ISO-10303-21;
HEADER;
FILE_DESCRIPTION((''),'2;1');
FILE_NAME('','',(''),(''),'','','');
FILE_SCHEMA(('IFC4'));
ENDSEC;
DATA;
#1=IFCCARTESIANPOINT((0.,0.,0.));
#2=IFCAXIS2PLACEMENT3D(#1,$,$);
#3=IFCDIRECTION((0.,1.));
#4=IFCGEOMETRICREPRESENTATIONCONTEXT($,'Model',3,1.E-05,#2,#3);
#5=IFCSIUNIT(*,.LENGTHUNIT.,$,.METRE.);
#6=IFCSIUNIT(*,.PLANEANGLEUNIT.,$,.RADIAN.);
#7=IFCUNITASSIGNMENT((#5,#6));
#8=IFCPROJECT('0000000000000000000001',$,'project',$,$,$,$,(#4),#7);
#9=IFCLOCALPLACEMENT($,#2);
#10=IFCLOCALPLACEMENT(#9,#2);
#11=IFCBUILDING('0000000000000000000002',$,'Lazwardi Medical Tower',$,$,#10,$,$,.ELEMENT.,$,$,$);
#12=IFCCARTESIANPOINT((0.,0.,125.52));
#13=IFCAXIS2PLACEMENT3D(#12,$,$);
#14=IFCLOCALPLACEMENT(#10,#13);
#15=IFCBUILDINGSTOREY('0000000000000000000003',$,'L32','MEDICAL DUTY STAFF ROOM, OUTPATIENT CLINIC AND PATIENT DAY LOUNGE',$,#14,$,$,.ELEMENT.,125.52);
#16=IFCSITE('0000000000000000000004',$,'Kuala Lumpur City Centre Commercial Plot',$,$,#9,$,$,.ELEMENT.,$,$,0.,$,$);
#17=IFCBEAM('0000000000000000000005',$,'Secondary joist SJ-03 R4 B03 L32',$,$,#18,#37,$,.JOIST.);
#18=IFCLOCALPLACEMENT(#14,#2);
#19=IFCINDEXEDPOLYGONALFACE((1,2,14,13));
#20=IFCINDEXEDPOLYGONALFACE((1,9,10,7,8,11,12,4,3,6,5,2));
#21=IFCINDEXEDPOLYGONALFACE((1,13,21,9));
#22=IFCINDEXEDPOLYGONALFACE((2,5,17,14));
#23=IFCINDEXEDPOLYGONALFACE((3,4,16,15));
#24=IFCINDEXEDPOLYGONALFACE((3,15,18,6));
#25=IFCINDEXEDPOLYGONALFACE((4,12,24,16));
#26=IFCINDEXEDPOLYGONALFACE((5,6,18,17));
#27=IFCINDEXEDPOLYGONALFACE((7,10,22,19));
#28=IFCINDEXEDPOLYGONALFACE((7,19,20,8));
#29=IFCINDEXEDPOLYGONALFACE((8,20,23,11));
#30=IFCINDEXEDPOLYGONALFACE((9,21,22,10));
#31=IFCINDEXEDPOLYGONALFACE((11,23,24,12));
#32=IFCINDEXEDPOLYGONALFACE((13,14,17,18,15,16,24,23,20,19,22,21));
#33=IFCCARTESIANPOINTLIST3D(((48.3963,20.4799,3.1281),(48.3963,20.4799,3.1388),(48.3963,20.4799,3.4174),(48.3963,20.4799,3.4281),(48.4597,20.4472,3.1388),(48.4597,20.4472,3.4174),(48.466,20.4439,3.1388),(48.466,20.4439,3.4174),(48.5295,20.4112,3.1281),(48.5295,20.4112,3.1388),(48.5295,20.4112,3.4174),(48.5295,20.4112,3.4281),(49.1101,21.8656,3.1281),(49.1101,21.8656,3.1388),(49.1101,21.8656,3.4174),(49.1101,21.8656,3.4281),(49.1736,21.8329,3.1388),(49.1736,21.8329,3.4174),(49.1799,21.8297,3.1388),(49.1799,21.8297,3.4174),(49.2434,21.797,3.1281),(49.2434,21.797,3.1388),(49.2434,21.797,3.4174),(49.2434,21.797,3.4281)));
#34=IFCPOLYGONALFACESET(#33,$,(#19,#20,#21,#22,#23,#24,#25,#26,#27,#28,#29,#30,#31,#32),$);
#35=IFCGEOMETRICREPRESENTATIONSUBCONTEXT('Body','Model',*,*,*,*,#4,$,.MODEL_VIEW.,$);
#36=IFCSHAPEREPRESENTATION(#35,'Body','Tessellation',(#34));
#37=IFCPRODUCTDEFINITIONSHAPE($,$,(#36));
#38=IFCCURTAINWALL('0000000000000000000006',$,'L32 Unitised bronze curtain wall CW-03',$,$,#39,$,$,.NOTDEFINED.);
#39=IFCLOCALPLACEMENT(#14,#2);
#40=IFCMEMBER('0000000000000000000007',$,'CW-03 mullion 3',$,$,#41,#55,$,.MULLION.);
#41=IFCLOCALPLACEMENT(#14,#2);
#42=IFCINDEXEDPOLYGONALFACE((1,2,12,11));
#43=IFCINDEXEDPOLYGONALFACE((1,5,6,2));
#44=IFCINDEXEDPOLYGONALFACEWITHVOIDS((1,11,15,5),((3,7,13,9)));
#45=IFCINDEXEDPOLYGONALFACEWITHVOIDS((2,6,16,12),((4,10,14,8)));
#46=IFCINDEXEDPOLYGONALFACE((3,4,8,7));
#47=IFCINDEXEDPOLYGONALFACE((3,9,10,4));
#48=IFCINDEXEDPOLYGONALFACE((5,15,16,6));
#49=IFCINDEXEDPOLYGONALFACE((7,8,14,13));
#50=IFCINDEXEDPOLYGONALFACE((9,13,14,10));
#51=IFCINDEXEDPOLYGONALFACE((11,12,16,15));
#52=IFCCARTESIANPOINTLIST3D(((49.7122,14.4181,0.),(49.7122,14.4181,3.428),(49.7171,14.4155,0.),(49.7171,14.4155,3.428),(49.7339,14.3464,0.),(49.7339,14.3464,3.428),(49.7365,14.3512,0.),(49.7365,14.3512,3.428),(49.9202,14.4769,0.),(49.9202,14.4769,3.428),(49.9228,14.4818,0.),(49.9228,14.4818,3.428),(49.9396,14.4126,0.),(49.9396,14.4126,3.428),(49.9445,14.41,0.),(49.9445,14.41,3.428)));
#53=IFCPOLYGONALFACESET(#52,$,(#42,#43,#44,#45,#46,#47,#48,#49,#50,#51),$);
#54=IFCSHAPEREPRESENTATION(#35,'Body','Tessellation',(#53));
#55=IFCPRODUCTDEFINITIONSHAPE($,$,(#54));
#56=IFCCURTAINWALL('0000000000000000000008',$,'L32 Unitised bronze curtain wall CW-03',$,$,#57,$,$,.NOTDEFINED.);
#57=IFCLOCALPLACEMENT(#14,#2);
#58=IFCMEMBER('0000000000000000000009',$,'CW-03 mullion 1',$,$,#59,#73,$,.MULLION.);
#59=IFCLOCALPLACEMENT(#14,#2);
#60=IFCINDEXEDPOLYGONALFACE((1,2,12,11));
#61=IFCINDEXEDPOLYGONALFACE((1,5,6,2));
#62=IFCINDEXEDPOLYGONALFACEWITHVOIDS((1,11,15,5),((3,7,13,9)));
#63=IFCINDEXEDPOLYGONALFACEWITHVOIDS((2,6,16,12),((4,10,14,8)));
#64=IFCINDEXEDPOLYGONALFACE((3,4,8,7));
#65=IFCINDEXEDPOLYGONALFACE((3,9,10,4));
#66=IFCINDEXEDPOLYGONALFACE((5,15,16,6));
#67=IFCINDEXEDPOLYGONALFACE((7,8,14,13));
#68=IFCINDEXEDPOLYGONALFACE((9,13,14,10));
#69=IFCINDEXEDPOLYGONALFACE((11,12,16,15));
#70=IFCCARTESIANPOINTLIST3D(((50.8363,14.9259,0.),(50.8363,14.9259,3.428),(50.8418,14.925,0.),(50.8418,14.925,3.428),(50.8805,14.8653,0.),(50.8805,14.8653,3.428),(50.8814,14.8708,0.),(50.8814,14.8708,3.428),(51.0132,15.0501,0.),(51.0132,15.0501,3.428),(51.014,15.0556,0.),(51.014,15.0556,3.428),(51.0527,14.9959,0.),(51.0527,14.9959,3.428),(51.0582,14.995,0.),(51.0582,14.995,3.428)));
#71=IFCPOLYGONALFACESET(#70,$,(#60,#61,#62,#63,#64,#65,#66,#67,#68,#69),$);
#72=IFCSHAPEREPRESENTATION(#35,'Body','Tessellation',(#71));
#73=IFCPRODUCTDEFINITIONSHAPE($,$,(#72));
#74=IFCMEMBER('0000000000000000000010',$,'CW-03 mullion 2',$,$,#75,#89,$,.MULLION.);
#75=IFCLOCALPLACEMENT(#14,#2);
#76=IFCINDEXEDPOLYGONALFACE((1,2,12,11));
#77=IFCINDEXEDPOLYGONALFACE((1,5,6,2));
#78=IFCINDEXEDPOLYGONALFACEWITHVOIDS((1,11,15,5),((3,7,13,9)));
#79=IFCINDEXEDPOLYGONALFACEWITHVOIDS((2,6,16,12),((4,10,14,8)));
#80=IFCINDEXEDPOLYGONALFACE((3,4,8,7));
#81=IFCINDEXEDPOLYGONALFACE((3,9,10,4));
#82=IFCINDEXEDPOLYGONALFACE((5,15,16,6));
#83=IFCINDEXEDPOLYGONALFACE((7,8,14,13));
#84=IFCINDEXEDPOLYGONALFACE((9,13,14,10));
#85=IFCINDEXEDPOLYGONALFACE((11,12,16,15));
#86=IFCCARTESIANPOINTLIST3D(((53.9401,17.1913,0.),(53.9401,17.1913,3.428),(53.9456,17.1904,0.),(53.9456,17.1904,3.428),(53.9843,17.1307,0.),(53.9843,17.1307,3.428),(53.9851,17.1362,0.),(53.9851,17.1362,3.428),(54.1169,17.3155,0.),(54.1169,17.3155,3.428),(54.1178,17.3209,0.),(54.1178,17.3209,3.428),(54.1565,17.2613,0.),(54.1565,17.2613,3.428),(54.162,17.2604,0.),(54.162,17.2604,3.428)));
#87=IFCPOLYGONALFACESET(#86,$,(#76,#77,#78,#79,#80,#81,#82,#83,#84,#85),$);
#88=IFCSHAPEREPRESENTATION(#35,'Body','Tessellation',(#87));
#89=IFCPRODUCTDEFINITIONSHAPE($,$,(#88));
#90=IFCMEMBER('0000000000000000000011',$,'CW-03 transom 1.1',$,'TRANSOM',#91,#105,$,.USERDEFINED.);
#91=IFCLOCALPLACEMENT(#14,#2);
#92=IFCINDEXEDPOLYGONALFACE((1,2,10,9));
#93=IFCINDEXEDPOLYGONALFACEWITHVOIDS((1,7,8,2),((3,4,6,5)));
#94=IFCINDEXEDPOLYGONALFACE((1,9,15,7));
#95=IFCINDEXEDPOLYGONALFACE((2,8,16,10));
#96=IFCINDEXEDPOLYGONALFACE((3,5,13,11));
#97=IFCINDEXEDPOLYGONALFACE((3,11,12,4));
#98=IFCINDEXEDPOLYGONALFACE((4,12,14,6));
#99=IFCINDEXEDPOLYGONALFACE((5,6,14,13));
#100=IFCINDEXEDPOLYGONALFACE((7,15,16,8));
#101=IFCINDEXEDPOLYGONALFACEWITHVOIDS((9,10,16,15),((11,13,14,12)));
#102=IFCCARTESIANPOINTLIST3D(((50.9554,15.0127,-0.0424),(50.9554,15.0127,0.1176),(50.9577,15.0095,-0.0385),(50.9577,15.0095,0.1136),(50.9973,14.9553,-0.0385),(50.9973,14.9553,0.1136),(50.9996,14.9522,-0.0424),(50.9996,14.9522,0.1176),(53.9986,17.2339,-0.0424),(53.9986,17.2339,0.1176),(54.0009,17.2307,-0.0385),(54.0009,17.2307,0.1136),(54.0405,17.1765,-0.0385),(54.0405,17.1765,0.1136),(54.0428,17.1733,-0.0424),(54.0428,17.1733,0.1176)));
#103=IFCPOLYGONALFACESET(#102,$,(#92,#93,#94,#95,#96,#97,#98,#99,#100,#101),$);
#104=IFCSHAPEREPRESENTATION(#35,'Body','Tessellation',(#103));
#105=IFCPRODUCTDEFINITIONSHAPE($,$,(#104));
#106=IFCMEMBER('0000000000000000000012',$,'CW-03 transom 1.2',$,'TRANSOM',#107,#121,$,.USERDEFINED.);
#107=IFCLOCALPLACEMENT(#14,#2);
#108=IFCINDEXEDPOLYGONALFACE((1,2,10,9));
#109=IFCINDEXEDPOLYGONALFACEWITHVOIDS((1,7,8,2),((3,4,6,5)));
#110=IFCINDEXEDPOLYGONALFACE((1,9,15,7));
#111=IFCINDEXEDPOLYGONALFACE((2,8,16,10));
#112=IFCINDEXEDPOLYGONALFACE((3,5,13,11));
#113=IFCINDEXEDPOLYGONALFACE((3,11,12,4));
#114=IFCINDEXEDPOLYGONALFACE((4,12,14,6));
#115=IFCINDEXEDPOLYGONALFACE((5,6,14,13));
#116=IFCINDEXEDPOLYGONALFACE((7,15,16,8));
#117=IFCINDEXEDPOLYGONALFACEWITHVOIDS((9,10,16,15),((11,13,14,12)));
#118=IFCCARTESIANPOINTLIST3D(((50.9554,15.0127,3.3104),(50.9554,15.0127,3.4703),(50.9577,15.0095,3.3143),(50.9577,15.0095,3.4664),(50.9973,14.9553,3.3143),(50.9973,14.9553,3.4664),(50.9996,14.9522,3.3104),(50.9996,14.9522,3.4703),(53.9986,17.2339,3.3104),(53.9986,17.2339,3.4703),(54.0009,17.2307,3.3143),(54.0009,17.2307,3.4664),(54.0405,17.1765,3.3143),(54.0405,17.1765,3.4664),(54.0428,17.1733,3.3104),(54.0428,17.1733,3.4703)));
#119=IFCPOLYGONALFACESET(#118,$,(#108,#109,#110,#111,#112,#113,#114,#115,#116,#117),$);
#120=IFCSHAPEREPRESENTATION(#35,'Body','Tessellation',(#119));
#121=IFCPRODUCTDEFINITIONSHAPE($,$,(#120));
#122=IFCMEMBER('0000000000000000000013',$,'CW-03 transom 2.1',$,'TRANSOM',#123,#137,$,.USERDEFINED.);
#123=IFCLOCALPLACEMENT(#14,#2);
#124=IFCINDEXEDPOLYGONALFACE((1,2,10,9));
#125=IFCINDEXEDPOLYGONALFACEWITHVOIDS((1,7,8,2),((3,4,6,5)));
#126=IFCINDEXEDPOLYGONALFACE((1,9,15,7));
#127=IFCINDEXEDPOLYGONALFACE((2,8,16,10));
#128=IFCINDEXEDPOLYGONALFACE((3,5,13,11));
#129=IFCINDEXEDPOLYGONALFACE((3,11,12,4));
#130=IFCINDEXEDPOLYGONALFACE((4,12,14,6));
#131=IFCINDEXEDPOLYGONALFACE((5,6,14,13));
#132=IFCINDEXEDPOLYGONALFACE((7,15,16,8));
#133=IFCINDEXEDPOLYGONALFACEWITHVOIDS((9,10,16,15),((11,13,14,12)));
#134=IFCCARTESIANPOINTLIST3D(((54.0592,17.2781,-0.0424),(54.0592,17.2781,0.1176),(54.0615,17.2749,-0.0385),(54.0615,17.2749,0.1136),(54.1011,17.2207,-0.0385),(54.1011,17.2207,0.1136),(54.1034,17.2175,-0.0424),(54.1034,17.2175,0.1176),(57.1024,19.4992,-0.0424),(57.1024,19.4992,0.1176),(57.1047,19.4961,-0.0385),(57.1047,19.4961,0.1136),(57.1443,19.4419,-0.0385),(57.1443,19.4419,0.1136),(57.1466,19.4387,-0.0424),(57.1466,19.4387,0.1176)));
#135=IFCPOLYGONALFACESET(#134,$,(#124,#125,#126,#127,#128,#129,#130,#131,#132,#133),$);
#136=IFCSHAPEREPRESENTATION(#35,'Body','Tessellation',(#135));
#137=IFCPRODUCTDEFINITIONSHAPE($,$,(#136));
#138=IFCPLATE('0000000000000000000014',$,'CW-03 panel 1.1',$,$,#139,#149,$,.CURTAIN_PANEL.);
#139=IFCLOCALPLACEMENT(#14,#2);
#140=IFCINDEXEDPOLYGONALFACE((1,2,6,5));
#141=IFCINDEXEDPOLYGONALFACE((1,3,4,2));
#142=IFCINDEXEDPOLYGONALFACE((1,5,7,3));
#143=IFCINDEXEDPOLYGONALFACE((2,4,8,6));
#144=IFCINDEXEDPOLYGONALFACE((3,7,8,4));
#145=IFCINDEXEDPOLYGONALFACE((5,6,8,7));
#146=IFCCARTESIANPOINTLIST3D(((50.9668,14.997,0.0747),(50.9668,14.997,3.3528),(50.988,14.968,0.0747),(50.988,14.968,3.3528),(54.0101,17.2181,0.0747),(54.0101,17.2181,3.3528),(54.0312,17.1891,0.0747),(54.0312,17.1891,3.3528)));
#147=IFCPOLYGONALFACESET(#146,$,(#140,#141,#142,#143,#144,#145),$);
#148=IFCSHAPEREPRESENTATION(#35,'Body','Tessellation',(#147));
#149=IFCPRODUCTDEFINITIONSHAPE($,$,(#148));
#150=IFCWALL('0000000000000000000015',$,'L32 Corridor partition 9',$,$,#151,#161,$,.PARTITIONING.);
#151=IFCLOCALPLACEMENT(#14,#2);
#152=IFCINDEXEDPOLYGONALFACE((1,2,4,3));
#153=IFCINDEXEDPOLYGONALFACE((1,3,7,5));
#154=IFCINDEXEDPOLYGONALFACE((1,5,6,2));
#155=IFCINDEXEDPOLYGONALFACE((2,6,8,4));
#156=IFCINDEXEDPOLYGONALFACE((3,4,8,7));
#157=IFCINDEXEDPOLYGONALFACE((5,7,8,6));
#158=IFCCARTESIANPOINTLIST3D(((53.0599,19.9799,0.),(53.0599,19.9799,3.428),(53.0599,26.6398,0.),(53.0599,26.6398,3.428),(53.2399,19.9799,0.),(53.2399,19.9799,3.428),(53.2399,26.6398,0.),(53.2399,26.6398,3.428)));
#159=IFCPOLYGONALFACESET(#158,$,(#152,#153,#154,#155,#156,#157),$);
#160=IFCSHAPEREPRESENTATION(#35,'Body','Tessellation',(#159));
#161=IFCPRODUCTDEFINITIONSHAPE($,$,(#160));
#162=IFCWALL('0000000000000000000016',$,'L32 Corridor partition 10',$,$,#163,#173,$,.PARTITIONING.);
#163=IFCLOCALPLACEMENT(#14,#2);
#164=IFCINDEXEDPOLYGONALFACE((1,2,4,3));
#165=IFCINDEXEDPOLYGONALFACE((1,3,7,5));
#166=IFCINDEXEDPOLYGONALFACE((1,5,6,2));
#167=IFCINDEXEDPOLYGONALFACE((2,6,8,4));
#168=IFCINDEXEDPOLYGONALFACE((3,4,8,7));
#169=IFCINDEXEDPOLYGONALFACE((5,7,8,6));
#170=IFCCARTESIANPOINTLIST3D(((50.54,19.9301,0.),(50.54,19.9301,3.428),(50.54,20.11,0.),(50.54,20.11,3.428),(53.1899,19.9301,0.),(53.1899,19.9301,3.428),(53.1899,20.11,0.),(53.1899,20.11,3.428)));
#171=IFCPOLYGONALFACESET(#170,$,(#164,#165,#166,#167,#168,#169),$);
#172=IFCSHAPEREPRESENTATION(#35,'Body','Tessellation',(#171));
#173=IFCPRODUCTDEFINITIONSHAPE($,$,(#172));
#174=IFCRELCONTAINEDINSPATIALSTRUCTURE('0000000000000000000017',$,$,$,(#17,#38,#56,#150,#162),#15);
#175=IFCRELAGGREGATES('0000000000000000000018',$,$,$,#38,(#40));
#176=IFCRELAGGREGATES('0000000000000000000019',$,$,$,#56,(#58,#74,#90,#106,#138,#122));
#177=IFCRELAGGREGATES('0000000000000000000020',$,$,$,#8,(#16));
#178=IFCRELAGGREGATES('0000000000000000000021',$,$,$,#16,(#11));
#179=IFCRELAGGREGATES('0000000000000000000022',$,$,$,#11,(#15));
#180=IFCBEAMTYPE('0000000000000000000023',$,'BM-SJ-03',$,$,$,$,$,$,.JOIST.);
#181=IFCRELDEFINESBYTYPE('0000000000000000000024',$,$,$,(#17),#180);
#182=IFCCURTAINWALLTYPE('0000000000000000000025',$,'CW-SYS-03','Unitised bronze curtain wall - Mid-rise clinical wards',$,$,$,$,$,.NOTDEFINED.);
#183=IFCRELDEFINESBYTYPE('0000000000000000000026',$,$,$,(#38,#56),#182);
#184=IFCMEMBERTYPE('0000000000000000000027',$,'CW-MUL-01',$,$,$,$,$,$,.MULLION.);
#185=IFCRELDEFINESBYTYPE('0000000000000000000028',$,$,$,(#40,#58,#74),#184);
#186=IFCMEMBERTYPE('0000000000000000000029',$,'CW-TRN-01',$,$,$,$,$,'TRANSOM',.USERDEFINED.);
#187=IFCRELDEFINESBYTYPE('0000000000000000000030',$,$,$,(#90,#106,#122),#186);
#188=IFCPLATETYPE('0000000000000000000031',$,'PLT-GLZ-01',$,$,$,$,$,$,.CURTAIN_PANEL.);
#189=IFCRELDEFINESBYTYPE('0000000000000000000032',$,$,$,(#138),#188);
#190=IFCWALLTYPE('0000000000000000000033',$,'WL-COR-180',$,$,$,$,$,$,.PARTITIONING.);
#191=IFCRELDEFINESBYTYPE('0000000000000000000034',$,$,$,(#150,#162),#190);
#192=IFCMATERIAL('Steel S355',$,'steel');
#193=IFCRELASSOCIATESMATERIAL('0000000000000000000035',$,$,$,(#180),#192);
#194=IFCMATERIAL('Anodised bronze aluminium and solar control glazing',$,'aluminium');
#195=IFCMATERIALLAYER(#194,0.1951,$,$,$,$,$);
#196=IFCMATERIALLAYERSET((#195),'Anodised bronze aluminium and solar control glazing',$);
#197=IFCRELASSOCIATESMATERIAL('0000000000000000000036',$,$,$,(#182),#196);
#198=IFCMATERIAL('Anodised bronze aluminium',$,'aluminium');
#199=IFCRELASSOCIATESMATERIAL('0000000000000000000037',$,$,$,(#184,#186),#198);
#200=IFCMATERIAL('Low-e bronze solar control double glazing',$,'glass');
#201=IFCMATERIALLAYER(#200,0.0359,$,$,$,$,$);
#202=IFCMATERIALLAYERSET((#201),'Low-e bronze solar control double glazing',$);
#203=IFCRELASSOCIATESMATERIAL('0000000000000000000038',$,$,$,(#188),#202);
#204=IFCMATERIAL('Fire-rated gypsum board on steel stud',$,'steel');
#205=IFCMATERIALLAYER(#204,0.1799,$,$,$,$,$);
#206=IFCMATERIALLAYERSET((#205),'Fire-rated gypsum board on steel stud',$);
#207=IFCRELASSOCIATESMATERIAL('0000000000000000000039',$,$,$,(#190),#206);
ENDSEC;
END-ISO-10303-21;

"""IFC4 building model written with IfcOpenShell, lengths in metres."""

from ifc_helpers import new_model, si_unit, direction, frame, frame_2d, origin, origin_2d, place, context, subcontext, project, spatial, rectangle, hollow_rectangle, i_section, extrude, material, layer, layer_set, material_profile, profile_set, type_object, element, aggregate, save


model = new_model("IFC4")

# Units and contexts
model_context = context("Model", 3, precision=1e-05, world=origin(), true_north=direction((0.0, 1.0)))
body_context = subcontext(model_context, "Body", "Model", "MODEL_VIEW")
ifc_project = project(units=[si_unit("LENGTHUNIT", "METRE"), si_unit("PLANEANGLEUNIT", "RADIAN")], contexts=[model_context])

# Site, building, storey
site_placement = place(None, origin())
site = spatial("IfcSite", under=ifc_project, at=site_placement, Name="Kuala Lumpur City Centre Commercial Plot", CompositionType="ELEMENT", RefElevation=0.0)
building_placement = place(site_placement, origin())
building = spatial("IfcBuilding", under=site, at=building_placement, Name="Lazwardi Medical Tower", CompositionType="ELEMENT")
storey_placement = place(building_placement, frame((0.0, 0.0, 125.52)))
storey = spatial("IfcBuildingStorey", under=building, at=storey_placement, Name="L32", Description="MEDICAL DUTY STAFF ROOM, OUTPATIENT CLINIC AND PATIENT DAY LOUNGE", CompositionType="ELEMENT", Elevation=125.52)

# Beam
ifc_material_1 = material(Name="Steel S355", Category="steel")
ifc_material_profile_1 = material_profile(ifc_material_1, i_section(OverallWidth=0.1499, OverallDepth=0.3, WebThickness=0.0071, FlangeThickness=0.0107, at=origin_2d()), Name="IPE 300")
ifc_profile_set_1 = profile_set([ifc_material_profile_1], Name="Steel S355")
beam_type_1 = type_object("IfcBeamType", Name="BM-SJ-03", PredefinedType="JOIST", material=ifc_profile_set_1)
beam_1_placement = place(storey_placement, frame((48.4629, 20.4456, 3.2781), z_axis=(0.457957, 0.888975, 0.0), x_axis=(-0.888975, 0.457957, 0.0)))
element("IfcBeam", 1, at=beam_1_placement, inside=storey, type_object=beam_type_1, Name="Secondary joist SJ-03 R4 B03 L32", PredefinedType="JOIST", context=body_context, shape_type="SweptSolid", body=[
    extrude(i_section(OverallWidth=0.1499, OverallDepth=0.3, WebThickness=0.0071, FlangeThickness=0.0107, at=origin_2d()), origin(), (0.0, 0.0, 1.0), 1.5588),
])

# Curtain wall, member
ifc_material_2 = material(Name="Anodised bronze aluminium and solar control glazing", Category="aluminium")
ifc_layer_1 = layer(ifc_material_2, 0.1951)
ifc_layer_set_1 = layer_set([ifc_layer_1], Name="Anodised bronze aluminium and solar control glazing")
curtain_wall_type = type_object("IfcCurtainWallType", Name="CW-SYS-03", Description="Unitised bronze curtain wall - Mid-rise clinical wards", PredefinedType="NOTDEFINED", material=ifc_layer_set_1)
curtain_wall_1_placement = place(storey_placement, origin())
curtain_wall_1 = element("IfcCurtainWall", 2, at=curtain_wall_1_placement, inside=storey, type_object=curtain_wall_type, Name="L32 Unitised bronze curtain wall CW-03", PredefinedType="NOTDEFINED")
ifc_material_3 = material(Name="Anodised bronze aluminium", Category="aluminium")
ifc_material_profile_2 = material_profile(ifc_material_3, hollow_rectangle(XDim=0.075, YDim=0.22, WallThickness=0.0039, at=origin_2d()), Name="ALU-MULLION 220x75x4")
ifc_profile_set_2 = profile_set([ifc_material_profile_2], Name="Anodised bronze aluminium")
member_type_1 = type_object("IfcMemberType", Name="CW-MUL-01", PredefinedType="MULLION", material=ifc_profile_set_2)
member_1_placement = place(storey_placement, frame((49.8284, 14.4141, 0.0), z_axis=(0.0, 0.0, 1.0), x_axis=(-0.289374, 0.957216, 0.0)))
member_1 = element("IfcMember", 3, at=member_1_placement, type_object=member_type_1, Name="CW-03 mullion 3", PredefinedType="MULLION", context=body_context, shape_type="SweptSolid", body=[
    extrude(hollow_rectangle(XDim=0.075, YDim=0.22, WallThickness=0.0039, at=origin_2d()), origin(), (0.0, 0.0, 1.0), 3.428),
])
aggregate(curtain_wall_1, [member_1])

# Curtain wall, members, plate
curtain_wall_2_placement = place(storey_placement, origin())
curtain_wall_2 = element("IfcCurtainWall", 4, at=curtain_wall_2_placement, inside=storey, type_object=curtain_wall_type, Name="L32 Unitised bronze curtain wall CW-03", PredefinedType="NOTDEFINED")
member_2_placement = place(storey_placement, frame((50.9473, 14.9604, 0.0), z_axis=(0.0, 0.0, 1.0), x_axis=(-0.589531, 0.807746, 0.0)))
member_2 = element("IfcMember", 5, at=member_2_placement, type_object=member_type_1, Name="CW-03 mullion 1", PredefinedType="MULLION", context=body_context, shape_type="SweptSolid", body=[
    extrude(hollow_rectangle(XDim=0.075, YDim=0.22, WallThickness=0.0039, at=origin_2d()), origin(), (0.0, 0.0, 1.0), 3.428),
])
member_3_placement = place(storey_placement, frame((54.051, 17.2258, 0.0), z_axis=(0.0, 0.0, 1.0), x_axis=(-0.589531, 0.807746, 0.0)))
member_3 = element("IfcMember", 6, at=member_3_placement, type_object=member_type_1, Name="CW-03 mullion 2", PredefinedType="MULLION", context=body_context, shape_type="SweptSolid", body=[
    extrude(hollow_rectangle(XDim=0.075, YDim=0.22, WallThickness=0.0039, at=origin_2d()), origin(), (0.0, 0.0, 1.0), 3.428),
])
ifc_material_profile_3 = material_profile(ifc_material_3, hollow_rectangle(XDim=0.075, YDim=0.1599, WallThickness=0.0039, at=origin_2d()), Name="ALU-TRANSOM 160x75x4")
ifc_profile_set_3 = profile_set([ifc_material_profile_3], Name="Anodised bronze aluminium")
member_type_2 = type_object("IfcMemberType", Name="CW-TRN-01", ElementType="TRANSOM", PredefinedType="USERDEFINED", material=ifc_profile_set_3)
member_4_placement = place(storey_placement, frame((50.9775, 14.9824, 0.0376), z_axis=(0.807732, 0.58955, 0.0), x_axis=(-0.58955, 0.807732, 0.0)))
member_4 = element("IfcMember", 7, at=member_4_placement, type_object=member_type_2, Name="CW-03 transom 1.1", ObjectType="TRANSOM", PredefinedType="USERDEFINED", context=body_context, shape_type="SweptSolid", body=[
    extrude(hollow_rectangle(XDim=0.075, YDim=0.1599, WallThickness=0.0039, at=origin_2d()), origin(), (0.0, 0.0, 1.0), 3.7676),
])
member_5_placement = place(storey_placement, frame((50.9775, 14.9824, 3.3904), z_axis=(0.807732, 0.58955, 0.0), x_axis=(-0.58955, 0.807732, 0.0)))
member_5 = element("IfcMember", 8, at=member_5_placement, type_object=member_type_2, Name="CW-03 transom 1.2", ObjectType="TRANSOM", PredefinedType="USERDEFINED", context=body_context, shape_type="SweptSolid", body=[
    extrude(hollow_rectangle(XDim=0.075, YDim=0.1599, WallThickness=0.0039, at=origin_2d()), origin(), (0.0, 0.0, 1.0), 3.7676),
])
member_6_placement = place(storey_placement, frame((54.0813, 17.2478, 0.0376), z_axis=(0.807732, 0.58955, 0.0), x_axis=(-0.58955, 0.807732, 0.0)))
member_6 = element("IfcMember", 9, at=member_6_placement, type_object=member_type_2, Name="CW-03 transom 2.1", ObjectType="TRANSOM", PredefinedType="USERDEFINED", context=body_context, shape_type="SweptSolid", body=[
    extrude(hollow_rectangle(XDim=0.075, YDim=0.1599, WallThickness=0.0039, at=origin_2d()), origin(), (0.0, 0.0, 1.0), 3.7676),
])
ifc_material_4 = material(Name="Low-e bronze solar control double glazing", Category="glass")
ifc_layer_2 = layer(ifc_material_4, 0.0359)
ifc_layer_set_2 = layer_set([ifc_layer_2], Name="Low-e bronze solar control double glazing")
plate_type = type_object("IfcPlateType", Name="PLT-GLZ-01", PredefinedType="CURTAIN_PANEL", material=ifc_layer_set_2)
plate_placement = place(storey_placement, frame((52.499, 16.093, 0.0747), z_axis=(0.0, 0.0, 1.0), x_axis=(0.807746, 0.589531, 0.0)))
plate = element("IfcPlate", 10, at=plate_placement, type_object=plate_type, Name="CW-03 panel 1.1", PredefinedType="CURTAIN_PANEL", context=body_context, shape_type="SweptSolid", body=[
    extrude(rectangle(XDim=3.7676, YDim=0.0359, at=origin_2d()), origin(), (0.0, 0.0, 1.0), 3.2781),
])
aggregate(curtain_wall_2, [member_2, member_3, member_4, member_5, plate, member_6])

# Walls
ifc_material_5 = material(Name="Fire-rated gypsum board on steel stud", Category="steel")
ifc_layer_3 = layer(ifc_material_5, 0.1799)
ifc_layer_set_3 = layer_set([ifc_layer_3], Name="Fire-rated gypsum board on steel stud")
wall_type = type_object("IfcWallType", Name="WL-COR-180", PredefinedType="PARTITIONING", material=ifc_layer_set_3)
wall_1_placement = place(storey_placement, frame((53.1499, 26.6399, 0.0), z_axis=(0.0, 0.0, 1.0), x_axis=(0.0, -1.0, 0.0)))
element("IfcWall", 11, at=wall_1_placement, inside=storey, type_object=wall_type, Name="L32 Corridor partition 9", PredefinedType="PARTITIONING", context=body_context, shape_type="SweptSolid", body=[
    extrude(rectangle(XDim=6.6599, YDim=0.1799, at=frame_2d((3.3301, 0.0))), origin(), (0.0, 0.0, 1.0), 3.428),
])
wall_2_placement = place(storey_placement, frame((53.1899, 20.02, 0.0), z_axis=(0.0, 0.0, 1.0), x_axis=(-1.0, 0.0, 0.0)))
element("IfcWall", 12, at=wall_2_placement, inside=storey, type_object=wall_type, Name="L32 Corridor partition 10", PredefinedType="PARTITIONING", context=body_context, shape_type="SweptSolid", body=[
    extrude(rectangle(XDim=2.6499, YDim=0.1799, at=frame_2d((1.325, 0.0))), origin(), (0.0, 0.0, 1.0), 3.428),
])

save(model, "model.ifc")
